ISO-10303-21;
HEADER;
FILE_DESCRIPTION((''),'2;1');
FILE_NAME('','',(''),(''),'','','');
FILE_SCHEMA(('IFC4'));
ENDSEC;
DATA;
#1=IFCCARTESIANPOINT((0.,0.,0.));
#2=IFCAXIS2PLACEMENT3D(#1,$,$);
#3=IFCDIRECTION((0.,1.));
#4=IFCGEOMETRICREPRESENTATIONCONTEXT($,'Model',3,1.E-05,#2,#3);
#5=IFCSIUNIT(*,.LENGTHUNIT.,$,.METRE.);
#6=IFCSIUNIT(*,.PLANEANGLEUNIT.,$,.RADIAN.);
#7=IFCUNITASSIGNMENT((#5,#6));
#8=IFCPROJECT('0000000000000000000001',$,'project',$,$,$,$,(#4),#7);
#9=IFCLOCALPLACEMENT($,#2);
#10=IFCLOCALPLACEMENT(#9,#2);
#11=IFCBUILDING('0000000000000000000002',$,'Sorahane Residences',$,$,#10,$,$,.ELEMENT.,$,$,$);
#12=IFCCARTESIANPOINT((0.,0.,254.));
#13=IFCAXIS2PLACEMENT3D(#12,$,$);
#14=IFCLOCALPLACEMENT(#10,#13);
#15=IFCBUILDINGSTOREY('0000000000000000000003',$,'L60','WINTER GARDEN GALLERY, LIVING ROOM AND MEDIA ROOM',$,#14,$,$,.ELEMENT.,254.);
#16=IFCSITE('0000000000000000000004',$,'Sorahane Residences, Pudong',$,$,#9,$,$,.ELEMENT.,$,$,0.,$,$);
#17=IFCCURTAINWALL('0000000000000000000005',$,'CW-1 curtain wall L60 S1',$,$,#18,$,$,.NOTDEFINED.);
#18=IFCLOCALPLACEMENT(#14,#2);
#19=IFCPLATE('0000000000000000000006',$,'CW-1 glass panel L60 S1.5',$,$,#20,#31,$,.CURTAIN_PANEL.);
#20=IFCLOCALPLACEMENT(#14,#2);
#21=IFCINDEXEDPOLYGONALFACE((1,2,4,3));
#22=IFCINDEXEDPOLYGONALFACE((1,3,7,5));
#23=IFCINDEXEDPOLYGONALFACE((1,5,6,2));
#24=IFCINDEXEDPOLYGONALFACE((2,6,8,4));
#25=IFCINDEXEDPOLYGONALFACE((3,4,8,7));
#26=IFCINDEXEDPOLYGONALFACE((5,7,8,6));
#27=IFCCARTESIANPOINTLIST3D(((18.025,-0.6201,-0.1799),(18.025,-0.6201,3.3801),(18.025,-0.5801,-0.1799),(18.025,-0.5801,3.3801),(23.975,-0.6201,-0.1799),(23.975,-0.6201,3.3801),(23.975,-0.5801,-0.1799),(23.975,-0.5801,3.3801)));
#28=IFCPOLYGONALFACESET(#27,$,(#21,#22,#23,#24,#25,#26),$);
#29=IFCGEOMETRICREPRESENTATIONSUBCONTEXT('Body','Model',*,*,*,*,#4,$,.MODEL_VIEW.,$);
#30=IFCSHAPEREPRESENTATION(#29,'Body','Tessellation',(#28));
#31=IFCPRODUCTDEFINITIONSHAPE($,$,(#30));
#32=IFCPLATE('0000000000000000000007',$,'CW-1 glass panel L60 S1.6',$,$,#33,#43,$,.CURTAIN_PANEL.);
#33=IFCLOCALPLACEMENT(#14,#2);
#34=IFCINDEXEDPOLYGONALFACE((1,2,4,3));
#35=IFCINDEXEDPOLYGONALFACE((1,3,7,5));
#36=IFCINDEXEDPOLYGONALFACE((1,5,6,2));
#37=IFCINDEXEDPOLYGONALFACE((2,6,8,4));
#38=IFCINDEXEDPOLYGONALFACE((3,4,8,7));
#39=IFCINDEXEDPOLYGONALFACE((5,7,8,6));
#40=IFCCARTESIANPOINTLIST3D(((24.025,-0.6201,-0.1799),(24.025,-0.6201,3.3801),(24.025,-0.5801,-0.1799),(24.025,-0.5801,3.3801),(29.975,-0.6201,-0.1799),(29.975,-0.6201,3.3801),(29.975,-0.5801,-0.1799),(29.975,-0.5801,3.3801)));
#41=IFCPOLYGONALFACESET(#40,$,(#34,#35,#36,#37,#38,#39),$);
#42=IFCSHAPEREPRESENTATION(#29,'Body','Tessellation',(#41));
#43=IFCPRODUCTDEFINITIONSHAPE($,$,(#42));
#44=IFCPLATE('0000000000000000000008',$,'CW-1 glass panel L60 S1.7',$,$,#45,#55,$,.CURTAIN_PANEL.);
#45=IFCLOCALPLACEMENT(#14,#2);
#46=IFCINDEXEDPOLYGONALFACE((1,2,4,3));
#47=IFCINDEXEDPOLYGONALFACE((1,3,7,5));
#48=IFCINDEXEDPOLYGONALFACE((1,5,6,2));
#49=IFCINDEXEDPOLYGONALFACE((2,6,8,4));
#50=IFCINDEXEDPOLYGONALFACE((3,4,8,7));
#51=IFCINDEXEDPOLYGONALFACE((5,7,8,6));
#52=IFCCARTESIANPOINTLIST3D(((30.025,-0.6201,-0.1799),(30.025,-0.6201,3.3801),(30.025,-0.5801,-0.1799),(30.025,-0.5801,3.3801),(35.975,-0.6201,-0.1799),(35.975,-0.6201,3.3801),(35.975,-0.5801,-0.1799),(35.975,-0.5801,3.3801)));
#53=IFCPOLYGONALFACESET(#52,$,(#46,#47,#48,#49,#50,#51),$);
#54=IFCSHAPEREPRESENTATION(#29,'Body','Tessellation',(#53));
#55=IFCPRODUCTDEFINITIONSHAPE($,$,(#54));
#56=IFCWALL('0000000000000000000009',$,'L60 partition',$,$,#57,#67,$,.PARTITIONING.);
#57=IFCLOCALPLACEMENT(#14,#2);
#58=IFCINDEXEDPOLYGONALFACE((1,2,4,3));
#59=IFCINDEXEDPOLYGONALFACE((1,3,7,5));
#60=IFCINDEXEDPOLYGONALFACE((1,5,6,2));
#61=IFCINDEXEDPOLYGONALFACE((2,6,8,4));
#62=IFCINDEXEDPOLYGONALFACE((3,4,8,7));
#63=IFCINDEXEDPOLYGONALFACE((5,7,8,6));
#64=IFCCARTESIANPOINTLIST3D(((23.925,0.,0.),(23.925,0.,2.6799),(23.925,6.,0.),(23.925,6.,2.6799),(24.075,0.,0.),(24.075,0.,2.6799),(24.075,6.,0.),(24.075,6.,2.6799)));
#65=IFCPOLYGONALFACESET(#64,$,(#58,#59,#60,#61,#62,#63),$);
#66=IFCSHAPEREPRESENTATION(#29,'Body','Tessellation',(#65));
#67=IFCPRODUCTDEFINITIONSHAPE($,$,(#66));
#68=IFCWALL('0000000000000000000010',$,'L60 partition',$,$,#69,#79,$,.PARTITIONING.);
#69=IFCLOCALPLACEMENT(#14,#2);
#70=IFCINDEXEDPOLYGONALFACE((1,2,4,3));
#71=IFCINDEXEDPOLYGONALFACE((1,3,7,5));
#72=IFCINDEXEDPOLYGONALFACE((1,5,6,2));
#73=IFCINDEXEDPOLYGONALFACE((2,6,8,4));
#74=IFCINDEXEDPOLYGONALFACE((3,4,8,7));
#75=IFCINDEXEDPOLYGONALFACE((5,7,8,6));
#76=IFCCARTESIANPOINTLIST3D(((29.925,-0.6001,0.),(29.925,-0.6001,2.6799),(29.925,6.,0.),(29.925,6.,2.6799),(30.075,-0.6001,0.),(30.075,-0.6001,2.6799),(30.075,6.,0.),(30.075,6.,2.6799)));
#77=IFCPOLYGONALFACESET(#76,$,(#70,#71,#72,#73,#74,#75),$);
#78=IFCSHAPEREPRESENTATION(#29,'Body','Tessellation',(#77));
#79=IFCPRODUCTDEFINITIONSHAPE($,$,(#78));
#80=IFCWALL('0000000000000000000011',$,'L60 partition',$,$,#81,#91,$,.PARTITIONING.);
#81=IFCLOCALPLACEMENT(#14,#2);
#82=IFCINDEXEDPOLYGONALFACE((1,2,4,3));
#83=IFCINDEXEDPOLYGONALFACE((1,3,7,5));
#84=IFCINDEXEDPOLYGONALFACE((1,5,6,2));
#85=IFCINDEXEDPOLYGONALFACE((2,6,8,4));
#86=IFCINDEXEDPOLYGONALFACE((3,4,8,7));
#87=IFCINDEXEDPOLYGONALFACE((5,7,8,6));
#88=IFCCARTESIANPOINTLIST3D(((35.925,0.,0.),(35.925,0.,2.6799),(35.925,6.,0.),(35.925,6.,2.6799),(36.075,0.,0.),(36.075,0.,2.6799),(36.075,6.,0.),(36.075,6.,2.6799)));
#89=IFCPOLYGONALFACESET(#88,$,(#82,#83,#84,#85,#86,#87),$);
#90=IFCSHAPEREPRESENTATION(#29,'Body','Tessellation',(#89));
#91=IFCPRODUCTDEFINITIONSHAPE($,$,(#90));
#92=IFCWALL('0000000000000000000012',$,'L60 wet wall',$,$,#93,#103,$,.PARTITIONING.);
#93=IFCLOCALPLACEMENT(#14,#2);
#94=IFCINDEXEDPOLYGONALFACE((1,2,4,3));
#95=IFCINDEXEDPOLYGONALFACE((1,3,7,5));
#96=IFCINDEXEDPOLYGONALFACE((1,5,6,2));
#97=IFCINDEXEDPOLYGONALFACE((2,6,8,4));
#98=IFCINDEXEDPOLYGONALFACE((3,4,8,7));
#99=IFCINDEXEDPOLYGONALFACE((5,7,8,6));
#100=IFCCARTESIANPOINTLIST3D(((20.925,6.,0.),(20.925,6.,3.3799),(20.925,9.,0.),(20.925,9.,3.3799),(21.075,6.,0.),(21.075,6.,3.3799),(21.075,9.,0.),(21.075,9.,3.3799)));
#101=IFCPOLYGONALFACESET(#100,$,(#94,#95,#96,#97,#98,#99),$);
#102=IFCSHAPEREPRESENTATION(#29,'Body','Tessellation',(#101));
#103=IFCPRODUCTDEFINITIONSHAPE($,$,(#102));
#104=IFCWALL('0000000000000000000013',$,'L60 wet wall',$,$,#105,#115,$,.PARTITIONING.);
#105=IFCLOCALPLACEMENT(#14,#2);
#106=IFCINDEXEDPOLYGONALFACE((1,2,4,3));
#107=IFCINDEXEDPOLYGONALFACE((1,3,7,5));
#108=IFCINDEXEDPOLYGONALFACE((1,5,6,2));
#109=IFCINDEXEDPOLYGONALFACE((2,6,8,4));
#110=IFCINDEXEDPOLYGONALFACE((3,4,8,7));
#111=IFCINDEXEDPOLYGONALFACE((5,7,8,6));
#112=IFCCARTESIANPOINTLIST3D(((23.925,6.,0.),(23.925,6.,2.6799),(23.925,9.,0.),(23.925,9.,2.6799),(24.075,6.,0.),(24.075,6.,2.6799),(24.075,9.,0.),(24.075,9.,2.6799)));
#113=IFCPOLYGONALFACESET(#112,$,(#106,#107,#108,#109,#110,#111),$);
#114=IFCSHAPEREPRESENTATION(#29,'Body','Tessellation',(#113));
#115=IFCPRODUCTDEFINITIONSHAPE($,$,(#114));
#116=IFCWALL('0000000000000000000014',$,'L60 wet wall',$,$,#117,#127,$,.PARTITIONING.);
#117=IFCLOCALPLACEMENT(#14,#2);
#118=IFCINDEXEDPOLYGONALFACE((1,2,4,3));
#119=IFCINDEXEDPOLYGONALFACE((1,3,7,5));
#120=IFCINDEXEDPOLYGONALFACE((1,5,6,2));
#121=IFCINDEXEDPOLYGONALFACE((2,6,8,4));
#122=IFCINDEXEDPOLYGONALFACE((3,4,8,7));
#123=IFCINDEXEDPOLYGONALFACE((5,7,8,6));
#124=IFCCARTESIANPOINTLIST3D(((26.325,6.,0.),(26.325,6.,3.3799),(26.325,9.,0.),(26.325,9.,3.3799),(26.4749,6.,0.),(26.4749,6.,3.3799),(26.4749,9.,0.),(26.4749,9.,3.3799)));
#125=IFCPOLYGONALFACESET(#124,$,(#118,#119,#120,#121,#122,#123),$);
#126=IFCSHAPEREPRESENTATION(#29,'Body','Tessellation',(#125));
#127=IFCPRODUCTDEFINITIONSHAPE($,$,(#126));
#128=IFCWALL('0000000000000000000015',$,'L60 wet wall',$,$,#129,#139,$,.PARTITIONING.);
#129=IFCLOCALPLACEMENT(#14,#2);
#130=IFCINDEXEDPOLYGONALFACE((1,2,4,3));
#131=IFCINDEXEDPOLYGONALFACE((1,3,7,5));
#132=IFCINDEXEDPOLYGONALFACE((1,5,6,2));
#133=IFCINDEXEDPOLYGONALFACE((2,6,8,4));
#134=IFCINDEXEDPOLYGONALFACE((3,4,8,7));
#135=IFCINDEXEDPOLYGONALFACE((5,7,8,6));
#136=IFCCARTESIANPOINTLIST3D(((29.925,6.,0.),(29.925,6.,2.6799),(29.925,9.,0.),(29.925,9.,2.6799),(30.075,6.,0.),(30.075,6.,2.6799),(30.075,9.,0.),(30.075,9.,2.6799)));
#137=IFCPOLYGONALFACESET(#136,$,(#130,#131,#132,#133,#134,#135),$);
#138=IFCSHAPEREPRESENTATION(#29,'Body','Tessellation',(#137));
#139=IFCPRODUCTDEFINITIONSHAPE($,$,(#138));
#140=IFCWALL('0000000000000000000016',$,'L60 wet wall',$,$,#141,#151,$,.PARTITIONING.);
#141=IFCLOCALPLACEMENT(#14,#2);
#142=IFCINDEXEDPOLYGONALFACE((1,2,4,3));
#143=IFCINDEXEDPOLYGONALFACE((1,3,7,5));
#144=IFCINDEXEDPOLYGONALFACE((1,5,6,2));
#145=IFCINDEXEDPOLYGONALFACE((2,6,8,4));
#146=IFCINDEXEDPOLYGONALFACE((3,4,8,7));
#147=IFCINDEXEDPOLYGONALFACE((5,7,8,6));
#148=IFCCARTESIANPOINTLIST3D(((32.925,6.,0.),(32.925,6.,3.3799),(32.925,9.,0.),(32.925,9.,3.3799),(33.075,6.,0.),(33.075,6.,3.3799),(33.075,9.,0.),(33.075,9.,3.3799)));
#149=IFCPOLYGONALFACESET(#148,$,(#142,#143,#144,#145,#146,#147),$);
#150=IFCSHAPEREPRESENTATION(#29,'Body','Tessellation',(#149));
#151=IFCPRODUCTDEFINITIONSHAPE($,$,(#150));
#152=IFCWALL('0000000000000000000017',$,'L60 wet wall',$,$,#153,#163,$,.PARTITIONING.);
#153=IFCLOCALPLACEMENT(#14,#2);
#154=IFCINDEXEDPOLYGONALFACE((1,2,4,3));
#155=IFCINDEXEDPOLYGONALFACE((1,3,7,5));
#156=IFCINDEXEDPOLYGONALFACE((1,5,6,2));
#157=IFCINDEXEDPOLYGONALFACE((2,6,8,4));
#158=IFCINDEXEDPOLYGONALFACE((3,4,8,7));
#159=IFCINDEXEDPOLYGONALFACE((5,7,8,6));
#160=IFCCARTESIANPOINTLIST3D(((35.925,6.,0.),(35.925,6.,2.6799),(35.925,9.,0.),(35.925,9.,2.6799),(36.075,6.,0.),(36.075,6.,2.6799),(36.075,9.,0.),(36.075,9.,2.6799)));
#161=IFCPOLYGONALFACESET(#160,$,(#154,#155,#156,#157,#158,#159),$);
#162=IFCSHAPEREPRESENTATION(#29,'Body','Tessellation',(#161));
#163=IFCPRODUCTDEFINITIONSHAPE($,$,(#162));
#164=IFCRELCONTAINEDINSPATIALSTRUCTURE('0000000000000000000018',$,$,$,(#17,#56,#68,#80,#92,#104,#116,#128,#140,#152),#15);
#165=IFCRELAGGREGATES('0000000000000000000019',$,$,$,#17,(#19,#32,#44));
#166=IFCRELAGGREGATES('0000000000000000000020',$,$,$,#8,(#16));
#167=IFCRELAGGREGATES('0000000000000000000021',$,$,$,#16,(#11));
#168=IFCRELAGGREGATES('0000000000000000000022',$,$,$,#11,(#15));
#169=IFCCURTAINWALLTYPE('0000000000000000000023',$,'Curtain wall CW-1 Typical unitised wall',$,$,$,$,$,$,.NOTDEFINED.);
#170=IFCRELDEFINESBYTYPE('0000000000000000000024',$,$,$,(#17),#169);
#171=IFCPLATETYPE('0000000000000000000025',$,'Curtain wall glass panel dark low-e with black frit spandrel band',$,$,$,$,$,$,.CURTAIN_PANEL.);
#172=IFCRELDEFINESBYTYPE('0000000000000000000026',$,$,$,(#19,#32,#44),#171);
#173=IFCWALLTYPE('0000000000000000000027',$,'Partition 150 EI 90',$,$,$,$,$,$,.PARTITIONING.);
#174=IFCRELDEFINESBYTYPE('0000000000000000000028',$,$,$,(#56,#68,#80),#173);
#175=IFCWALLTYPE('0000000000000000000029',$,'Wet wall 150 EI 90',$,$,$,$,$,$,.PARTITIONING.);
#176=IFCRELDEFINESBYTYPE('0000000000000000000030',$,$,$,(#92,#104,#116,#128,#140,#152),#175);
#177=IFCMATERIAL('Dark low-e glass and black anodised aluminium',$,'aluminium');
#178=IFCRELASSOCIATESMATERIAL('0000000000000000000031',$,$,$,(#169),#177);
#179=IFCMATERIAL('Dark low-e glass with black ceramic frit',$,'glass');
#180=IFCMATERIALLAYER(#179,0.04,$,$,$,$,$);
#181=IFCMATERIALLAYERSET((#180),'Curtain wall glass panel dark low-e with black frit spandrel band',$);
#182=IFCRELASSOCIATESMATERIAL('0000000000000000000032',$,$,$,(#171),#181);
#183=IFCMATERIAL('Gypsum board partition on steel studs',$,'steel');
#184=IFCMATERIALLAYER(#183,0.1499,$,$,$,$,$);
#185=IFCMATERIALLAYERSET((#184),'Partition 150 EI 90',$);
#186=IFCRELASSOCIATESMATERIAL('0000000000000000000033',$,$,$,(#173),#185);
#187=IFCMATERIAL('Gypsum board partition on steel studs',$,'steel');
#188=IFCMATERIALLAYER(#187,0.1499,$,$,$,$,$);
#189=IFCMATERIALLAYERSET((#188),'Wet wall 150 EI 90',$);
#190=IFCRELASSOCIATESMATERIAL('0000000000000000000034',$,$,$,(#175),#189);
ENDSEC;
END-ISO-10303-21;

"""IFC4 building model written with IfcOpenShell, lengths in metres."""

from ifc_helpers import new_model, si_unit, direction, frame, frame_2d, origin, origin_2d, place, context, subcontext, project, spatial, rectangle, extrude, material, layer, layer_set, type_object, element, aggregate, save


model = new_model("IFC4")

# Units and contexts
model_context = context("Model", 3, precision=1e-05, world=origin(), true_north=direction((0.0, 1.0)))
body_context = subcontext(model_context, "Body", "Model", "MODEL_VIEW")
ifc_project = project(units=[si_unit("LENGTHUNIT", "METRE"), si_unit("PLANEANGLEUNIT", "RADIAN")], contexts=[model_context])

# Site, building, storey
site_placement = place(None, origin())
site = spatial("IfcSite", under=ifc_project, at=site_placement, Name="Sorahane Residences, Pudong", CompositionType="ELEMENT", RefElevation=0.0)
building_placement = place(site_placement, origin())
building = spatial("IfcBuilding", under=site, at=building_placement, Name="Sorahane Residences", CompositionType="ELEMENT")
storey_placement = place(building_placement, frame((0.0, 0.0, 254.0)))
storey = spatial("IfcBuildingStorey", under=building, at=storey_placement, Name="L60", Description="WINTER GARDEN GALLERY, LIVING ROOM AND MEDIA ROOM", CompositionType="ELEMENT", Elevation=254.0)

# Curtain wall
ifc_material_1 = material(Name="Dark low-e glass and black anodised aluminium", Category="aluminium")
curtain_wall_type = type_object("IfcCurtainWallType", Name="Curtain wall CW-1 Typical unitised wall", PredefinedType="NOTDEFINED", material=ifc_material_1)
curtain_wall_placement = place(storey_placement, origin())
curtain_wall = element("IfcCurtainWall", 1, at=curtain_wall_placement, inside=storey, type_object=curtain_wall_type, Name="CW-1 curtain wall L60 S1", PredefinedType="NOTDEFINED")

# Plates
ifc_material_2 = material(Name="Dark low-e glass with black ceramic frit", Category="glass")
ifc_layer_1 = layer(ifc_material_2, 0.04)
ifc_layer_set_1 = layer_set([ifc_layer_1], Name="Curtain wall glass panel dark low-e with black frit spandrel band")
plate_type = type_object("IfcPlateType", Name="Curtain wall glass panel dark low-e with black frit spandrel band", PredefinedType="CURTAIN_PANEL", material=ifc_layer_set_1)
plate_1_placement = place(storey_placement, frame((21.0, -0.6001, -0.1799), z_axis=(0.0, 0.0, 1.0), x_axis=(1.0, 0.0, 0.0)))
plate_1 = element("IfcPlate", 2, at=plate_1_placement, type_object=plate_type, Name="CW-1 glass panel L60 S1.5", PredefinedType="CURTAIN_PANEL", context=body_context, shape_type="SweptSolid", body=[
    extrude(rectangle(XDim=5.95, YDim=0.04, at=origin_2d()), origin(), (0.0, 0.0, 1.0), 3.5601),
])
plate_2_placement = place(storey_placement, frame((27.0, -0.6001, -0.1799), z_axis=(0.0, 0.0, 1.0), x_axis=(1.0, 0.0, 0.0)))
plate_2 = element("IfcPlate", 3, at=plate_2_placement, type_object=plate_type, Name="CW-1 glass panel L60 S1.6", PredefinedType="CURTAIN_PANEL", context=body_context, shape_type="SweptSolid", body=[
    extrude(rectangle(XDim=5.95, YDim=0.04, at=origin_2d()), origin(), (0.0, 0.0, 1.0), 3.5601),
])
plate_3_placement = place(storey_placement, frame((33.0, -0.6001, -0.1799), z_axis=(0.0, 0.0, 1.0), x_axis=(1.0, 0.0, 0.0)))
plate_3 = element("IfcPlate", 4, at=plate_3_placement, type_object=plate_type, Name="CW-1 glass panel L60 S1.7", PredefinedType="CURTAIN_PANEL", context=body_context, shape_type="SweptSolid", body=[
    extrude(rectangle(XDim=5.95, YDim=0.04, at=origin_2d()), origin(), (0.0, 0.0, 1.0), 3.5601),
])
aggregate(curtain_wall, [plate_1, plate_2, plate_3])

# Walls
ifc_material_3 = material(Name="Gypsum board partition on steel studs", Category="steel")
ifc_layer_2 = layer(ifc_material_3, 0.1499)
ifc_layer_set_2 = layer_set([ifc_layer_2], Name="Partition 150 EI 90")
wall_type_1 = type_object("IfcWallType", Name="Partition 150 EI 90", PredefinedType="PARTITIONING", material=ifc_layer_set_2)
wall_1_placement = place(storey_placement, frame((24.0, 0.0, 0.0), z_axis=(0.0, 0.0, 1.0), x_axis=(0.0, 1.0, 0.0)))
element("IfcWall", 5, at=wall_1_placement, inside=storey, type_object=wall_type_1, Name="L60 partition", PredefinedType="PARTITIONING", context=body_context, shape_type="SweptSolid", body=[
    extrude(rectangle(XDim=6.0, YDim=0.1499, at=frame_2d((3.0, 0.0))), origin(), (0.0, 0.0, 1.0), 2.6799),
])
wall_2_placement = place(storey_placement, frame((30.0, -0.6001, 0.0), z_axis=(0.0, 0.0, 1.0), x_axis=(0.0, 1.0, 0.0)))
element("IfcWall", 6, at=wall_2_placement, inside=storey, type_object=wall_type_1, Name="L60 partition", PredefinedType="PARTITIONING", context=body_context, shape_type="SweptSolid", body=[
    extrude(rectangle(XDim=6.6001, YDim=0.1499, at=frame_2d((3.3, 0.0))), origin(), (0.0, 0.0, 1.0), 2.6799),
])
wall_3_placement = place(storey_placement, frame((36.0, 0.0, 0.0), z_axis=(0.0, 0.0, 1.0), x_axis=(0.0, 1.0, 0.0)))
element("IfcWall", 7, at=wall_3_placement, inside=storey, type_object=wall_type_1, Name="L60 partition", PredefinedType="PARTITIONING", context=body_context, shape_type="SweptSolid", body=[
    extrude(rectangle(XDim=6.0, YDim=0.1499, at=frame_2d((3.0, 0.0))), origin(), (0.0, 0.0, 1.0), 2.6799),
])

# Walls
ifc_material_4 = material(Name="Gypsum board partition on steel studs", Category="steel")
ifc_layer_3 = layer(ifc_material_4, 0.1499)
ifc_layer_set_3 = layer_set([ifc_layer_3], Name="Wet wall 150 EI 90")
wall_type_2 = type_object("IfcWallType", Name="Wet wall 150 EI 90", PredefinedType="PARTITIONING", material=ifc_layer_set_3)
wall_4_placement = place(storey_placement, frame((21.0, 6.0, 0.0), z_axis=(0.0, 0.0, 1.0), x_axis=(0.0, 1.0, 0.0)))
element("IfcWall", 8, at=wall_4_placement, inside=storey, type_object=wall_type_2, Name="L60 wet wall", PredefinedType="PARTITIONING", context=body_context, shape_type="SweptSolid", body=[
    extrude(rectangle(XDim=3.0, YDim=0.1499, at=frame_2d((1.5, 0.0))), origin(), (0.0, 0.0, 1.0), 3.3799),
])
wall_5_placement = place(storey_placement, frame((24.0, 6.0, 0.0), z_axis=(0.0, 0.0, 1.0), x_axis=(0.0, 1.0, 0.0)))
element("IfcWall", 9, at=wall_5_placement, inside=storey, type_object=wall_type_2, Name="L60 wet wall", PredefinedType="PARTITIONING", context=body_context, shape_type="SweptSolid", body=[
    extrude(rectangle(XDim=3.0, YDim=0.1499, at=frame_2d((1.5, 0.0))), origin(), (0.0, 0.0, 1.0), 2.6799),
])
wall_6_placement = place(storey_placement, frame((26.3999, 6.0, 0.0), z_axis=(0.0, 0.0, 1.0), x_axis=(0.0, 1.0, 0.0)))
element("IfcWall", 10, at=wall_6_placement, inside=storey, type_object=wall_type_2, Name="L60 wet wall", PredefinedType="PARTITIONING", context=body_context, shape_type="SweptSolid", body=[
    extrude(rectangle(XDim=3.0, YDim=0.1499, at=frame_2d((1.5, 0.0))), origin(), (0.0, 0.0, 1.0), 3.3799),
])
wall_7_placement = place(storey_placement, frame((30.0, 6.0, 0.0), z_axis=(0.0, 0.0, 1.0), x_axis=(0.0, 1.0, 0.0)))
element("IfcWall", 11, at=wall_7_placement, inside=storey, type_object=wall_type_2, Name="L60 wet wall", PredefinedType="PARTITIONING", context=body_context, shape_type="SweptSolid", body=[
    extrude(rectangle(XDim=3.0, YDim=0.1499, at=frame_2d((1.5, 0.0))), origin(), (0.0, 0.0, 1.0), 2.6799),
])
wall_8_placement = place(storey_placement, frame((33.0, 6.0, 0.0), z_axis=(0.0, 0.0, 1.0), x_axis=(0.0, 1.0, 0.0)))
element("IfcWall", 12, at=wall_8_placement, inside=storey, type_object=wall_type_2, Name="L60 wet wall", PredefinedType="PARTITIONING", context=body_context, shape_type="SweptSolid", body=[
    extrude(rectangle(XDim=3.0, YDim=0.1499, at=frame_2d((1.5, 0.0))), origin(), (0.0, 0.0, 1.0), 3.3799),
])
wall_9_placement = place(storey_placement, frame((36.0, 6.0, 0.0), z_axis=(0.0, 0.0, 1.0), x_axis=(0.0, 1.0, 0.0)))
element("IfcWall", 13, at=wall_9_placement, inside=storey, type_object=wall_type_2, Name="L60 wet wall", PredefinedType="PARTITIONING", context=body_context, shape_type="SweptSolid", body=[
    extrude(rectangle(XDim=3.0, YDim=0.1499, at=frame_2d((1.5, 0.0))), origin(), (0.0, 0.0, 1.0), 2.6799),
])

save(model, "model.ifc")
